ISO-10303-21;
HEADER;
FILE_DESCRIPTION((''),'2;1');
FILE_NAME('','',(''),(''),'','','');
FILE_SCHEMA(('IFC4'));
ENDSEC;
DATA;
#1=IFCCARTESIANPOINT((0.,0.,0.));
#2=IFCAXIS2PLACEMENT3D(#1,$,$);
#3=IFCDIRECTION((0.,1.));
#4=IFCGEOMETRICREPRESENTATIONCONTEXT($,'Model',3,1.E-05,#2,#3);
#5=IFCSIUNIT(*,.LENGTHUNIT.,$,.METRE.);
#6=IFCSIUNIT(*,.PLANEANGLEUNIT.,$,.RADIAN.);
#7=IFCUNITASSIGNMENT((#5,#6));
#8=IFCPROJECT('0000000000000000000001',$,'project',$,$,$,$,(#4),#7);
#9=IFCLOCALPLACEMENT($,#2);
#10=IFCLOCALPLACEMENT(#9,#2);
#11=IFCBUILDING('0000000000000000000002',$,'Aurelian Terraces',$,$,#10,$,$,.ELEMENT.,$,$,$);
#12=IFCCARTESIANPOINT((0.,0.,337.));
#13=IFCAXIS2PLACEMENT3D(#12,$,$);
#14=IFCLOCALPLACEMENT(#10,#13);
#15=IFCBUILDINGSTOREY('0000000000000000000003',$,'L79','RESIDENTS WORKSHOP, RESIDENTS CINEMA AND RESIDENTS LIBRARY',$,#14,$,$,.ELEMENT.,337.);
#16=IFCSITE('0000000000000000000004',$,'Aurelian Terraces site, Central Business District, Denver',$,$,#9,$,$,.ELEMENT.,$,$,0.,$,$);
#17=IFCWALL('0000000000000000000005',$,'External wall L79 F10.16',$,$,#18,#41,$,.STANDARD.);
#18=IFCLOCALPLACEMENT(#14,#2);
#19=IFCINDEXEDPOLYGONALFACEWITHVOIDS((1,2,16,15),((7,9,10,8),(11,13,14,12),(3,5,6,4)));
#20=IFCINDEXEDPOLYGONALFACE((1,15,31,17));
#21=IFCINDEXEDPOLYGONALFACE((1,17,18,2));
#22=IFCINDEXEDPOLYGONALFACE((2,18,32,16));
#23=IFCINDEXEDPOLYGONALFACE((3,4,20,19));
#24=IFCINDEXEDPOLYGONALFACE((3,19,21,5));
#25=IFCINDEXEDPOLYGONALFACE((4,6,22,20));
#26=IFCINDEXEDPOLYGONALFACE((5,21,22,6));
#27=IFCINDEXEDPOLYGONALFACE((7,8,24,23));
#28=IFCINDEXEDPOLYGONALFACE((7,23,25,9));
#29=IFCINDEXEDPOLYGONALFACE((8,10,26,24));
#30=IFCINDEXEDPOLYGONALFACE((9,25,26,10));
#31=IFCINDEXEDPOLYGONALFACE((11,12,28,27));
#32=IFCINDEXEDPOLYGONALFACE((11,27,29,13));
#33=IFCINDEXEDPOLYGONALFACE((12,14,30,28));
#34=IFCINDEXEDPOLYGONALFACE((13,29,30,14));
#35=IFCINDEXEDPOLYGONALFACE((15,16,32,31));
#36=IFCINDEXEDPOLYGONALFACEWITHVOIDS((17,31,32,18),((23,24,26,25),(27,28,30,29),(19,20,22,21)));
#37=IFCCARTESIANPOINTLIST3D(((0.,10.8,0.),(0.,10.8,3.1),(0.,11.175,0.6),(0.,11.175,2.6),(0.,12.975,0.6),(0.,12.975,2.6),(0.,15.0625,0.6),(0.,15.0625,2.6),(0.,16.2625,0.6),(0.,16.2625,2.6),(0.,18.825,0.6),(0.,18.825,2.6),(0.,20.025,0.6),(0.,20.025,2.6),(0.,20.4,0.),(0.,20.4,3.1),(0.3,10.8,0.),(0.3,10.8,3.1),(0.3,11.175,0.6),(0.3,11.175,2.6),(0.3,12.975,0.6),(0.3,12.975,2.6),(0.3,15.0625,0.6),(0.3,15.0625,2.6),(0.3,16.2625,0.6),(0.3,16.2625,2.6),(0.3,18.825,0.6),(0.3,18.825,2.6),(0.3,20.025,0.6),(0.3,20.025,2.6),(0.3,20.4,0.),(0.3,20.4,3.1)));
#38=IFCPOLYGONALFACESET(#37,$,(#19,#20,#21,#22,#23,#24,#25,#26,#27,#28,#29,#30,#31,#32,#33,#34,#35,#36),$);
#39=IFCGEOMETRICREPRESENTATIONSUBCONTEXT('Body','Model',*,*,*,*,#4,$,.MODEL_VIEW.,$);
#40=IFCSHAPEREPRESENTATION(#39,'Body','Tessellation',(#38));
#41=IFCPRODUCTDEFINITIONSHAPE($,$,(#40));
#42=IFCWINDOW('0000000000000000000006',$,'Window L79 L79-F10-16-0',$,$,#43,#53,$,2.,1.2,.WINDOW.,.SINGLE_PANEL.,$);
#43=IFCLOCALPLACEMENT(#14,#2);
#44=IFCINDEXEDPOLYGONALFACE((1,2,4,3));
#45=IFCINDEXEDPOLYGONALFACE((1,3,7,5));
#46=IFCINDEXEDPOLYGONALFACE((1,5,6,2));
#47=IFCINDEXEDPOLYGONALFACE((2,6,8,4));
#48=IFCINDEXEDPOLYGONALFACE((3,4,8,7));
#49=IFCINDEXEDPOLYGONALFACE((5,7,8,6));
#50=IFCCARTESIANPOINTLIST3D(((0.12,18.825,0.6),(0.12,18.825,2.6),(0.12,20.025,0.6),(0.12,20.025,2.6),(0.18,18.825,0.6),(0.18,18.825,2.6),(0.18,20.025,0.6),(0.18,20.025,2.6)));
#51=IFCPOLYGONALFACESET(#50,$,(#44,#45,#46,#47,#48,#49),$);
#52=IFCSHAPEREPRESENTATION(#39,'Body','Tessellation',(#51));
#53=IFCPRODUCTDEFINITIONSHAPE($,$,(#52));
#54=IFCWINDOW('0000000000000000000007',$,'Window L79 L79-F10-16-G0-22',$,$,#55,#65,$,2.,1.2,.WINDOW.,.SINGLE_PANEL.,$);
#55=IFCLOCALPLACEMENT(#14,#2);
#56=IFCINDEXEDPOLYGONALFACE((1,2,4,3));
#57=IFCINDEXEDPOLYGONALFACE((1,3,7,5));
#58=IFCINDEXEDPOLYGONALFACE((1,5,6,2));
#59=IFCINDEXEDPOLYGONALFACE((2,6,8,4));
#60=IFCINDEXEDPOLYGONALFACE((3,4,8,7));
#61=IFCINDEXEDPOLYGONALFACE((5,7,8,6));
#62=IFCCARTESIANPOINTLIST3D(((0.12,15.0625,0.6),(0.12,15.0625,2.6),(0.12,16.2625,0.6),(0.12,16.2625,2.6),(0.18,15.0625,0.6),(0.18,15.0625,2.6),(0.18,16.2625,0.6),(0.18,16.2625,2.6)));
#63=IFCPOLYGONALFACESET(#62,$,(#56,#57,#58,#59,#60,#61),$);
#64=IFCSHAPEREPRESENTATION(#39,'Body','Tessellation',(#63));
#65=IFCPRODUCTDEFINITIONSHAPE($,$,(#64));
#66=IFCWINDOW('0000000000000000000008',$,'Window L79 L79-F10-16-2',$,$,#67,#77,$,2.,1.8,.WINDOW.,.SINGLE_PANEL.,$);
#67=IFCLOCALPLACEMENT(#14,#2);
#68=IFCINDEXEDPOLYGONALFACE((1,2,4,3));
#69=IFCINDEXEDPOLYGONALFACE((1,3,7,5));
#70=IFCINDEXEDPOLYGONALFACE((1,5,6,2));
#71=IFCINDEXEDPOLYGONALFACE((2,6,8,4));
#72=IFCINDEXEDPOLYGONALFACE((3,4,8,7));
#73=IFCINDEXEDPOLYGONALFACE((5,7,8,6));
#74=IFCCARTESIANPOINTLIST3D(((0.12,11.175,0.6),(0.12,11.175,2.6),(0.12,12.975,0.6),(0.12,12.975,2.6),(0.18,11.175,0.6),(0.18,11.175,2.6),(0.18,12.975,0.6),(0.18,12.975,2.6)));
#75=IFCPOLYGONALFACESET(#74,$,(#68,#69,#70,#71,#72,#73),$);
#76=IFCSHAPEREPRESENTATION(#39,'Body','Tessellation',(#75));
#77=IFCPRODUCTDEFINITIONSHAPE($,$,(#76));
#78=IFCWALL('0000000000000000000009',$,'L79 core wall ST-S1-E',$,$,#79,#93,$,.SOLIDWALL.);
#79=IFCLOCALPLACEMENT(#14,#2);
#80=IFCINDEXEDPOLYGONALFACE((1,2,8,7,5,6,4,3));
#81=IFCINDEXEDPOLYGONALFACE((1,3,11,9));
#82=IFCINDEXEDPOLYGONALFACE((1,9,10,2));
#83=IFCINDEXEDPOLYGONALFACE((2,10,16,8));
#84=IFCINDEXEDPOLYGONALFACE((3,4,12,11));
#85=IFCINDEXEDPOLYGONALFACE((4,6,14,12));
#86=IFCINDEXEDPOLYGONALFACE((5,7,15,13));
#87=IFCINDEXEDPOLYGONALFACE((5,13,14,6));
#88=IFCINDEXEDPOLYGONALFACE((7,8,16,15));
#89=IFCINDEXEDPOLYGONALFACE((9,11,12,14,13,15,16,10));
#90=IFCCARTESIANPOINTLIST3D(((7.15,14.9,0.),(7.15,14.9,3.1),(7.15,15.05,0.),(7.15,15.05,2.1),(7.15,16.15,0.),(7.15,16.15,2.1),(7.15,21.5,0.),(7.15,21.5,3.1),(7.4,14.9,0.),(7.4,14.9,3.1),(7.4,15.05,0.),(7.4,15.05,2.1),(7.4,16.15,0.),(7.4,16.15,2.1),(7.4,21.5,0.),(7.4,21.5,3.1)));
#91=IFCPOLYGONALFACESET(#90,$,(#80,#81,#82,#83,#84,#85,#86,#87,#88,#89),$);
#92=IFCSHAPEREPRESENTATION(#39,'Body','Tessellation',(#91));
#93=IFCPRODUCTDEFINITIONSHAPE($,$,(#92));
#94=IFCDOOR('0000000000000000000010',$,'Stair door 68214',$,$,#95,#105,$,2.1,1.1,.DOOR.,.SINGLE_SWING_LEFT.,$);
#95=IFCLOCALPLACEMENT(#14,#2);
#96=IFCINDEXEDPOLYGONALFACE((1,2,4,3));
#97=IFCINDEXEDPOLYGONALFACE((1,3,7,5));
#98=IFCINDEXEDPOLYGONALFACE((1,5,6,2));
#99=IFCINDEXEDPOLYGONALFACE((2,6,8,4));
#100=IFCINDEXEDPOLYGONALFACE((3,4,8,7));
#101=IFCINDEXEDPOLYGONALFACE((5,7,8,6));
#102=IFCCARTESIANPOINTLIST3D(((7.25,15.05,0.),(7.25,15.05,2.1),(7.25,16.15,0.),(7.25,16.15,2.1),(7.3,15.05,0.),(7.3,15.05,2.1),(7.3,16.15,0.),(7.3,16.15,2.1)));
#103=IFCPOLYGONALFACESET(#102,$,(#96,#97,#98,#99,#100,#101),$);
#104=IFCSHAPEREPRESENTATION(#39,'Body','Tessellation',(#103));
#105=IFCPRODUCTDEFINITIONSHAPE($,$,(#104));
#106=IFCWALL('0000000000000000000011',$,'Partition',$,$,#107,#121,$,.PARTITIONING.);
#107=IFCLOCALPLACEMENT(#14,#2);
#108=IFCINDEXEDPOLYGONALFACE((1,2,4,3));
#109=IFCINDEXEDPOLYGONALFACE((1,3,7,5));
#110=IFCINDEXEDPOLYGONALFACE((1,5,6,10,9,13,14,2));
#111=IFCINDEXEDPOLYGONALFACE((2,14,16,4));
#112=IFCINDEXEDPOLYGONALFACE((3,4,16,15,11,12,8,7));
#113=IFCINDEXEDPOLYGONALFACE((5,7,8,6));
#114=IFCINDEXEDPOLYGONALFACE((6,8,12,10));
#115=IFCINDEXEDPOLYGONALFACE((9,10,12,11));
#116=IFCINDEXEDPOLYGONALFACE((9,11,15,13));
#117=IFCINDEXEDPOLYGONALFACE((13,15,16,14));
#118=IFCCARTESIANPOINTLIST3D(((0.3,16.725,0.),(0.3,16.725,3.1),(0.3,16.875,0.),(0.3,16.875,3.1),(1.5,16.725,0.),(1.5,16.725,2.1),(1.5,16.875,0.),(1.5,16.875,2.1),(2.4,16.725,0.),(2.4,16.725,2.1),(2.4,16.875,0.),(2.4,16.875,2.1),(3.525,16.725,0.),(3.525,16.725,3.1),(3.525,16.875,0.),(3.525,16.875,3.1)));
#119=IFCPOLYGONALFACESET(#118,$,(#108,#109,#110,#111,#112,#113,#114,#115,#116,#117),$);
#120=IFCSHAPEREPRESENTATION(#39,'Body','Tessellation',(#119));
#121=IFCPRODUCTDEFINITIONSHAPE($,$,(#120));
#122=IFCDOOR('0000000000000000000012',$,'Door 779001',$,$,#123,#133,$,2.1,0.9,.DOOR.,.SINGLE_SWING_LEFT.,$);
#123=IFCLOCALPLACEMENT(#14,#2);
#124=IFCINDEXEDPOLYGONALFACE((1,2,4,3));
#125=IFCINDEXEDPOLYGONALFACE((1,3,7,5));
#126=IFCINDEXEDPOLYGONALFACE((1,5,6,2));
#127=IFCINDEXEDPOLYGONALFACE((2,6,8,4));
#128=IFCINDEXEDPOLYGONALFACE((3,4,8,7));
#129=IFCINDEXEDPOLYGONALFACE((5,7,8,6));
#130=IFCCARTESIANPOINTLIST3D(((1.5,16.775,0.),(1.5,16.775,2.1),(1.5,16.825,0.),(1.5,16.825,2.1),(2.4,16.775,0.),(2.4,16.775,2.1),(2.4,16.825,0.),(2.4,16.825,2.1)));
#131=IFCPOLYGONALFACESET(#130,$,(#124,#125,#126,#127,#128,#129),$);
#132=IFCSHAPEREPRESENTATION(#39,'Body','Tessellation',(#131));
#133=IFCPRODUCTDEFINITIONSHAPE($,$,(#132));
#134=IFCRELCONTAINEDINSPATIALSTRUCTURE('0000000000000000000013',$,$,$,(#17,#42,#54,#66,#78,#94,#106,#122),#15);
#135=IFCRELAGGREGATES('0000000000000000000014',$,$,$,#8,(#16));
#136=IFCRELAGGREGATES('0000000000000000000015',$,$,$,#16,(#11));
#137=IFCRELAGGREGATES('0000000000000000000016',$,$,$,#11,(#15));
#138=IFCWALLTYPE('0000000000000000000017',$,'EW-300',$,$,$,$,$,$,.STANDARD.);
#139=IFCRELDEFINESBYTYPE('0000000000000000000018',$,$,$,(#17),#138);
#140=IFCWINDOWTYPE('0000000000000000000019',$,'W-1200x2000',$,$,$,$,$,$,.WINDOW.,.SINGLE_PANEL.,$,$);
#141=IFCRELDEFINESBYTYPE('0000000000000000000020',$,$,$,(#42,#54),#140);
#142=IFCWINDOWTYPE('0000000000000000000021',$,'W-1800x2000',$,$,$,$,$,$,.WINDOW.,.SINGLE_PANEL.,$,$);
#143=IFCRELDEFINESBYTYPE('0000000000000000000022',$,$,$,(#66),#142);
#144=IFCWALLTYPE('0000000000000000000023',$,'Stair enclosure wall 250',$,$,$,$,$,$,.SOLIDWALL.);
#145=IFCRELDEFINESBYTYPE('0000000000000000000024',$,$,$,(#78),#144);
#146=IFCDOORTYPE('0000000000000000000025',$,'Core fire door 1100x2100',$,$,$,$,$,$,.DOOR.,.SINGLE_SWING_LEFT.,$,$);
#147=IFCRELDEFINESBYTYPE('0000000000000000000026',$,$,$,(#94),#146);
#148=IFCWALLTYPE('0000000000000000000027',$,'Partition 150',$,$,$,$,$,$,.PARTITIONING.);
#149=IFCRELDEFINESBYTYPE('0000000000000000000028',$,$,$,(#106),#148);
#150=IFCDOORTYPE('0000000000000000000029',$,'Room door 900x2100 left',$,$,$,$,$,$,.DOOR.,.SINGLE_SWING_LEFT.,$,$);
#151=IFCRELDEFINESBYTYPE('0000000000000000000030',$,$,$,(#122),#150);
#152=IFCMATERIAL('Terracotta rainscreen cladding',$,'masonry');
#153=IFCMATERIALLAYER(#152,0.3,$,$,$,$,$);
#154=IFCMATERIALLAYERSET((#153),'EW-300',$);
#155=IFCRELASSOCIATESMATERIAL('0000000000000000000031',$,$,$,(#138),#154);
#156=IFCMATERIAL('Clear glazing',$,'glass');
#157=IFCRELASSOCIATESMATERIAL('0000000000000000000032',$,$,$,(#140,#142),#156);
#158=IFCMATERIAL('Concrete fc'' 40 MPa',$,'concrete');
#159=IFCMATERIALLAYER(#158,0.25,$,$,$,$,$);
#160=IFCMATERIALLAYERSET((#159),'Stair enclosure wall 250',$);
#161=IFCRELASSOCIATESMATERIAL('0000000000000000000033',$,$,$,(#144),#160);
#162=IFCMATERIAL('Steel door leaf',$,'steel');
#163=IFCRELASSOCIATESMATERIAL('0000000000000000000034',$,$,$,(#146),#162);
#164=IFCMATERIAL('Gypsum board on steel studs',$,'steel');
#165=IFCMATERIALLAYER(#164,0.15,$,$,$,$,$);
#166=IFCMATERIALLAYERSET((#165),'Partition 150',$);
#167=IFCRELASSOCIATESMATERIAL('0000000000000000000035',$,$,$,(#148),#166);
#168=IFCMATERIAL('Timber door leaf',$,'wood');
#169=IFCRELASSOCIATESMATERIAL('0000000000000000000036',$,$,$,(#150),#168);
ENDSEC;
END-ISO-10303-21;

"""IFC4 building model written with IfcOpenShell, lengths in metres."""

from ifc_helpers import new_model, si_unit, direction, frame, frame_2d, origin, place, context, subcontext, project, spatial, rectangle, extrude, source, transform, mapped, material, layer, layer_set, type_object, element, fill, save


model = new_model("IFC4")

# Units and contexts
model_context = context("Model", 3, precision=1e-05, world=origin(), true_north=direction((0.0, 1.0)))
body_context = subcontext(model_context, "Body", "Model", "MODEL_VIEW")
ifc_project = project(units=[si_unit("LENGTHUNIT", "METRE"), si_unit("PLANEANGLEUNIT", "RADIAN")], contexts=[model_context])

# Site, building, storey
site_placement = place(None, origin())
site = spatial("IfcSite", under=ifc_project, at=site_placement, Name="Aurelian Terraces site, Central Business District, Denver", CompositionType="ELEMENT", RefElevation=0.0)
building_placement = place(site_placement, origin())
building = spatial("IfcBuilding", under=site, at=building_placement, Name="Aurelian Terraces", CompositionType="ELEMENT")
storey_placement = place(building_placement, frame((0.0, 0.0, 337.0)))
storey = spatial("IfcBuildingStorey", under=building, at=storey_placement, Name="L79", Description="RESIDENTS WORKSHOP, RESIDENTS CINEMA AND RESIDENTS LIBRARY", CompositionType="ELEMENT", Elevation=337.0)

# Shared definitions
ifc_material_1 = material(Name="Terracotta rainscreen cladding", Category="masonry")
ifc_layer_1 = layer(ifc_material_1, 0.3)
ifc_layer_set_1 = layer_set([ifc_layer_1], Name="EW-300")
wall_type_1 = type_object("IfcWallType", Name="EW-300", PredefinedType="STANDARD", material=ifc_layer_set_1)
ifc_material_2 = material(Name="Clear glazing", Category="glass")

# Wall, openings, windows
shared_shape_1 = source(origin(), body_context, "Body", "SweptSolid", [
    extrude(rectangle(XDim=9.6, YDim=0.3, at=frame_2d((4.8, 0.0))), origin(), (0.0, 0.0, 1.0), 3.1),
])
wall_1_placement = place(storey_placement, frame((0.15, 20.4, 0.0), z_axis=(0.0, 0.0, 1.0), x_axis=(0.0, -1.0, 0.0)))
wall_1 = element("IfcWall", 1, at=wall_1_placement, inside=storey, type_object=wall_type_1, Name="External wall L79 F10.16", PredefinedType="STANDARD", context=body_context, shape_type="MappedRepresentation", body=[
    mapped(shared_shape_1, transform((0.0, 0.0, 0.0), scale=1.0)),
])
shared_shape_2 = source(origin(), body_context, "Body", "SweptSolid", [
    extrude(rectangle(XDim=1.2, YDim=2.0, at=frame_2d((0.6, 1.0))), frame((0.0, 0.16, 0.0), z_axis=(0.0, -1.0, 0.0), x_axis=(1.0, 0.0, 0.0)), (0.0, 0.0, 1.0), 0.32),
])
opening_1_placement = place(wall_1_placement, frame((0.375, 0.0, 0.6)))
opening_1 = element("IfcOpeningElement", 2, at=opening_1_placement, cuts=wall_1, PredefinedType="OPENING", context=body_context, shape_type="MappedRepresentation", body=[
    mapped(shared_shape_2, transform((0.0, 0.0, 0.0), scale=1.0)),
])
shared_shape_3 = source(origin(), body_context, "Body", "SweptSolid", [
    extrude(rectangle(XDim=1.8, YDim=2.0, at=frame_2d((0.9, 1.0))), frame((0.0, 0.16, 0.0), z_axis=(0.0, -1.0, 0.0), x_axis=(1.0, 0.0, 0.0)), (0.0, 0.0, 1.0), 0.32),
])
opening_2_placement = place(wall_1_placement, frame((7.425, 0.0, 0.6)))
opening_2 = element("IfcOpeningElement", 3, at=opening_2_placement, cuts=wall_1, PredefinedType="OPENING", context=body_context, shape_type="MappedRepresentation", body=[
    mapped(shared_shape_3, transform((0.0, 0.0, 0.0), scale=1.0)),
])
opening_3_placement = place(wall_1_placement, frame((4.1375, 0.0, 0.6)))
opening_3 = element("IfcOpeningElement", 4, at=opening_3_placement, cuts=wall_1, PredefinedType="OPENING", context=body_context, shape_type="MappedRepresentation", body=[
    mapped(shared_shape_2, transform((0.0, 0.0, 0.0), scale=1.0)),
])
window_type_1 = type_object("IfcWindowType", Name="W-1200x2000", PartitioningType="SINGLE_PANEL", PredefinedType="WINDOW", material=ifc_material_2)
shared_shape_4 = source(origin(), body_context, "Body", "SweptSolid", [
    extrude(rectangle(XDim=1.2, YDim=2.0, at=frame_2d((0.6, 1.0))), frame((0.0, 0.03, 0.0), z_axis=(0.0, -1.0, 0.0), x_axis=(1.0, 0.0, 0.0)), (0.0, 0.0, 1.0), 0.06),
])
window_1_placement = place(opening_1_placement, origin())
window_1 = element("IfcWindow", 5, at=window_1_placement, inside=storey, type_object=window_type_1, Name="Window L79 L79-F10-16-0", OverallHeight=2.0, OverallWidth=1.2, PartitioningType="SINGLE_PANEL", PredefinedType="WINDOW", context=body_context, shape_type="MappedRepresentation", body=[
    mapped(shared_shape_4, transform((0.0, 0.0, 0.0), scale=1.0)),
])
fill(opening_1, window_1)
window_2_placement = place(opening_3_placement, origin())
window_2 = element("IfcWindow", 6, at=window_2_placement, inside=storey, type_object=window_type_1, Name="Window L79 L79-F10-16-G0-22", OverallHeight=2.0, OverallWidth=1.2, PartitioningType="SINGLE_PANEL", PredefinedType="WINDOW", context=body_context, shape_type="MappedRepresentation", body=[
    mapped(shared_shape_4, transform((0.0, 0.0, 0.0), scale=1.0)),
])
fill(opening_3, window_2)
window_type_2 = type_object("IfcWindowType", Name="W-1800x2000", PartitioningType="SINGLE_PANEL", PredefinedType="WINDOW", material=ifc_material_2)
shared_shape_5 = source(origin(), body_context, "Body", "SweptSolid", [
    extrude(rectangle(XDim=1.8, YDim=2.0, at=frame_2d((0.9, 1.0))), frame((0.0, 0.03, 0.0), z_axis=(0.0, -1.0, 0.0), x_axis=(1.0, 0.0, 0.0)), (0.0, 0.0, 1.0), 0.06),
])
window_3_placement = place(opening_2_placement, origin())
window_3 = element("IfcWindow", 7, at=window_3_placement, inside=storey, type_object=window_type_2, Name="Window L79 L79-F10-16-2", OverallHeight=2.0, OverallWidth=1.8, PartitioningType="SINGLE_PANEL", PredefinedType="WINDOW", context=body_context, shape_type="MappedRepresentation", body=[
    mapped(shared_shape_5, transform((0.0, 0.0, 0.0), scale=1.0)),
])
fill(opening_2, window_3)

# Walls, openings, doors
ifc_material_3 = material(Name="Concrete fc' 40 MPa", Category="concrete")
ifc_layer_2 = layer(ifc_material_3, 0.25)
ifc_layer_set_2 = layer_set([ifc_layer_2], Name="Stair enclosure wall 250")
wall_type_2 = type_object("IfcWallType", Name="Stair enclosure wall 250", PredefinedType="SOLIDWALL", material=ifc_layer_set_2)
shared_shape_6 = source(origin(), body_context, "Body", "SweptSolid", [
    extrude(rectangle(XDim=6.6, YDim=0.25, at=frame_2d((3.3, 0.0))), origin(), (0.0, 0.0, 1.0), 3.1),
])
wall_2_placement = place(storey_placement, frame((7.275, 14.9, 0.0), z_axis=(0.0, 0.0, 1.0), x_axis=(0.0, 1.0, 0.0)))
wall_2 = element("IfcWall", 8, at=wall_2_placement, inside=storey, type_object=wall_type_2, Name="L79 core wall ST-S1-E", PredefinedType="SOLIDWALL", context=body_context, shape_type="MappedRepresentation", body=[
    mapped(shared_shape_6, transform((0.0, 0.0, 0.0), scale=1.0)),
])
shared_shape_7 = source(origin(), body_context, "Body", "SweptSolid", [
    extrude(rectangle(XDim=1.1, YDim=2.1, at=frame_2d((0.55, 1.05))), frame((0.0, 0.135, 0.0), z_axis=(0.0, -1.0, 0.0), x_axis=(1.0, 0.0, 0.0)), (0.0, 0.0, 1.0), 0.27),
])
opening_4_placement = place(wall_2_placement, frame((0.15, 0.0, 0.0)))
opening_4 = element("IfcOpeningElement", 9, at=opening_4_placement, cuts=wall_2, PredefinedType="OPENING", context=body_context, shape_type="MappedRepresentation", body=[
    mapped(shared_shape_7, transform((0.0, 0.0, 0.0), scale=1.0)),
])
ifc_material_4 = material(Name="Steel door leaf", Category="steel")
door_type_1 = type_object("IfcDoorType", Name="Core fire door 1100x2100", OperationType="SINGLE_SWING_LEFT", PredefinedType="DOOR", material=ifc_material_4)
shared_shape_8 = source(origin(), body_context, "Body", "SweptSolid", [
    extrude(rectangle(XDim=1.1, YDim=2.1, at=frame_2d((0.55, 1.05))), frame((0.0, 0.025, 0.0), z_axis=(0.0, -1.0, 0.0), x_axis=(1.0, 0.0, 0.0)), (0.0, 0.0, 1.0), 0.05),
])
door_1_placement = place(opening_4_placement, origin())
door_1 = element("IfcDoor", 10, at=door_1_placement, inside=storey, type_object=door_type_1, Name="Stair door 68214", OperationType="SINGLE_SWING_LEFT", OverallHeight=2.1, OverallWidth=1.1, PredefinedType="DOOR", context=body_context, shape_type="MappedRepresentation", body=[
    mapped(shared_shape_8, transform((0.0, 0.0, 0.0), scale=1.0)),
])
fill(opening_4, door_1)
ifc_material_5 = material(Name="Gypsum board on steel studs", Category="steel")
ifc_layer_3 = layer(ifc_material_5, 0.15)
ifc_layer_set_3 = layer_set([ifc_layer_3], Name="Partition 150")
wall_type_3 = type_object("IfcWallType", Name="Partition 150", PredefinedType="PARTITIONING", material=ifc_layer_set_3)
shared_shape_9 = source(origin(), body_context, "Body", "SweptSolid", [
    extrude(rectangle(XDim=3.225, YDim=0.15, at=frame_2d((1.6125, 0.0))), origin(), (0.0, 0.0, 1.0), 3.1),
])
wall_3_placement = place(storey_placement, frame((0.3, 16.8, 0.0), z_axis=(0.0, 0.0, 1.0), x_axis=(1.0, 0.0, 0.0)))
wall_3 = element("IfcWall", 11, at=wall_3_placement, inside=storey, type_object=wall_type_3, Name="Partition", PredefinedType="PARTITIONING", context=body_context, shape_type="MappedRepresentation", body=[
    mapped(shared_shape_9, transform((0.0, 0.0, 0.0), scale=1.0)),
])
shared_shape_10 = source(origin(), body_context, "Body", "SweptSolid", [
    extrude(rectangle(XDim=0.9, YDim=2.1, at=frame_2d((0.45, 1.05))), frame((0.0, 0.085, 0.0), z_axis=(0.0, -1.0, 0.0), x_axis=(1.0, 0.0, 0.0)), (0.0, 0.0, 1.0), 0.17),
])
opening_5_placement = place(wall_3_placement, frame((1.2, 0.0, 0.0)))
opening_5 = element("IfcOpeningElement", 12, at=opening_5_placement, cuts=wall_3, PredefinedType="OPENING", context=body_context, shape_type="MappedRepresentation", body=[
    mapped(shared_shape_10, transform((0.0, 0.0, 0.0), scale=1.0)),
])
ifc_material_6 = material(Name="Timber door leaf", Category="wood")
door_type_2 = type_object("IfcDoorType", Name="Room door 900x2100 left", OperationType="SINGLE_SWING_LEFT", PredefinedType="DOOR", material=ifc_material_6)
shared_shape_11 = source(origin(), body_context, "Body", "SweptSolid", [
    extrude(rectangle(XDim=0.9, YDim=2.1, at=frame_2d((0.45, 1.05))), frame((0.0, 0.025, 0.0), z_axis=(0.0, -1.0, 0.0), x_axis=(1.0, 0.0, 0.0)), (0.0, 0.0, 1.0), 0.05),
])
door_2_placement = place(opening_5_placement, origin())
door_2 = element("IfcDoor", 13, at=door_2_placement, inside=storey, type_object=door_type_2, Name="Door 779001", OperationType="SINGLE_SWING_LEFT", OverallHeight=2.1, OverallWidth=0.9, PredefinedType="DOOR", context=body_context, shape_type="MappedRepresentation", body=[
    mapped(shared_shape_11, transform((0.0, 0.0, 0.0), scale=1.0)),
])
fill(opening_5, door_2)

save(model, "model.ifc")
